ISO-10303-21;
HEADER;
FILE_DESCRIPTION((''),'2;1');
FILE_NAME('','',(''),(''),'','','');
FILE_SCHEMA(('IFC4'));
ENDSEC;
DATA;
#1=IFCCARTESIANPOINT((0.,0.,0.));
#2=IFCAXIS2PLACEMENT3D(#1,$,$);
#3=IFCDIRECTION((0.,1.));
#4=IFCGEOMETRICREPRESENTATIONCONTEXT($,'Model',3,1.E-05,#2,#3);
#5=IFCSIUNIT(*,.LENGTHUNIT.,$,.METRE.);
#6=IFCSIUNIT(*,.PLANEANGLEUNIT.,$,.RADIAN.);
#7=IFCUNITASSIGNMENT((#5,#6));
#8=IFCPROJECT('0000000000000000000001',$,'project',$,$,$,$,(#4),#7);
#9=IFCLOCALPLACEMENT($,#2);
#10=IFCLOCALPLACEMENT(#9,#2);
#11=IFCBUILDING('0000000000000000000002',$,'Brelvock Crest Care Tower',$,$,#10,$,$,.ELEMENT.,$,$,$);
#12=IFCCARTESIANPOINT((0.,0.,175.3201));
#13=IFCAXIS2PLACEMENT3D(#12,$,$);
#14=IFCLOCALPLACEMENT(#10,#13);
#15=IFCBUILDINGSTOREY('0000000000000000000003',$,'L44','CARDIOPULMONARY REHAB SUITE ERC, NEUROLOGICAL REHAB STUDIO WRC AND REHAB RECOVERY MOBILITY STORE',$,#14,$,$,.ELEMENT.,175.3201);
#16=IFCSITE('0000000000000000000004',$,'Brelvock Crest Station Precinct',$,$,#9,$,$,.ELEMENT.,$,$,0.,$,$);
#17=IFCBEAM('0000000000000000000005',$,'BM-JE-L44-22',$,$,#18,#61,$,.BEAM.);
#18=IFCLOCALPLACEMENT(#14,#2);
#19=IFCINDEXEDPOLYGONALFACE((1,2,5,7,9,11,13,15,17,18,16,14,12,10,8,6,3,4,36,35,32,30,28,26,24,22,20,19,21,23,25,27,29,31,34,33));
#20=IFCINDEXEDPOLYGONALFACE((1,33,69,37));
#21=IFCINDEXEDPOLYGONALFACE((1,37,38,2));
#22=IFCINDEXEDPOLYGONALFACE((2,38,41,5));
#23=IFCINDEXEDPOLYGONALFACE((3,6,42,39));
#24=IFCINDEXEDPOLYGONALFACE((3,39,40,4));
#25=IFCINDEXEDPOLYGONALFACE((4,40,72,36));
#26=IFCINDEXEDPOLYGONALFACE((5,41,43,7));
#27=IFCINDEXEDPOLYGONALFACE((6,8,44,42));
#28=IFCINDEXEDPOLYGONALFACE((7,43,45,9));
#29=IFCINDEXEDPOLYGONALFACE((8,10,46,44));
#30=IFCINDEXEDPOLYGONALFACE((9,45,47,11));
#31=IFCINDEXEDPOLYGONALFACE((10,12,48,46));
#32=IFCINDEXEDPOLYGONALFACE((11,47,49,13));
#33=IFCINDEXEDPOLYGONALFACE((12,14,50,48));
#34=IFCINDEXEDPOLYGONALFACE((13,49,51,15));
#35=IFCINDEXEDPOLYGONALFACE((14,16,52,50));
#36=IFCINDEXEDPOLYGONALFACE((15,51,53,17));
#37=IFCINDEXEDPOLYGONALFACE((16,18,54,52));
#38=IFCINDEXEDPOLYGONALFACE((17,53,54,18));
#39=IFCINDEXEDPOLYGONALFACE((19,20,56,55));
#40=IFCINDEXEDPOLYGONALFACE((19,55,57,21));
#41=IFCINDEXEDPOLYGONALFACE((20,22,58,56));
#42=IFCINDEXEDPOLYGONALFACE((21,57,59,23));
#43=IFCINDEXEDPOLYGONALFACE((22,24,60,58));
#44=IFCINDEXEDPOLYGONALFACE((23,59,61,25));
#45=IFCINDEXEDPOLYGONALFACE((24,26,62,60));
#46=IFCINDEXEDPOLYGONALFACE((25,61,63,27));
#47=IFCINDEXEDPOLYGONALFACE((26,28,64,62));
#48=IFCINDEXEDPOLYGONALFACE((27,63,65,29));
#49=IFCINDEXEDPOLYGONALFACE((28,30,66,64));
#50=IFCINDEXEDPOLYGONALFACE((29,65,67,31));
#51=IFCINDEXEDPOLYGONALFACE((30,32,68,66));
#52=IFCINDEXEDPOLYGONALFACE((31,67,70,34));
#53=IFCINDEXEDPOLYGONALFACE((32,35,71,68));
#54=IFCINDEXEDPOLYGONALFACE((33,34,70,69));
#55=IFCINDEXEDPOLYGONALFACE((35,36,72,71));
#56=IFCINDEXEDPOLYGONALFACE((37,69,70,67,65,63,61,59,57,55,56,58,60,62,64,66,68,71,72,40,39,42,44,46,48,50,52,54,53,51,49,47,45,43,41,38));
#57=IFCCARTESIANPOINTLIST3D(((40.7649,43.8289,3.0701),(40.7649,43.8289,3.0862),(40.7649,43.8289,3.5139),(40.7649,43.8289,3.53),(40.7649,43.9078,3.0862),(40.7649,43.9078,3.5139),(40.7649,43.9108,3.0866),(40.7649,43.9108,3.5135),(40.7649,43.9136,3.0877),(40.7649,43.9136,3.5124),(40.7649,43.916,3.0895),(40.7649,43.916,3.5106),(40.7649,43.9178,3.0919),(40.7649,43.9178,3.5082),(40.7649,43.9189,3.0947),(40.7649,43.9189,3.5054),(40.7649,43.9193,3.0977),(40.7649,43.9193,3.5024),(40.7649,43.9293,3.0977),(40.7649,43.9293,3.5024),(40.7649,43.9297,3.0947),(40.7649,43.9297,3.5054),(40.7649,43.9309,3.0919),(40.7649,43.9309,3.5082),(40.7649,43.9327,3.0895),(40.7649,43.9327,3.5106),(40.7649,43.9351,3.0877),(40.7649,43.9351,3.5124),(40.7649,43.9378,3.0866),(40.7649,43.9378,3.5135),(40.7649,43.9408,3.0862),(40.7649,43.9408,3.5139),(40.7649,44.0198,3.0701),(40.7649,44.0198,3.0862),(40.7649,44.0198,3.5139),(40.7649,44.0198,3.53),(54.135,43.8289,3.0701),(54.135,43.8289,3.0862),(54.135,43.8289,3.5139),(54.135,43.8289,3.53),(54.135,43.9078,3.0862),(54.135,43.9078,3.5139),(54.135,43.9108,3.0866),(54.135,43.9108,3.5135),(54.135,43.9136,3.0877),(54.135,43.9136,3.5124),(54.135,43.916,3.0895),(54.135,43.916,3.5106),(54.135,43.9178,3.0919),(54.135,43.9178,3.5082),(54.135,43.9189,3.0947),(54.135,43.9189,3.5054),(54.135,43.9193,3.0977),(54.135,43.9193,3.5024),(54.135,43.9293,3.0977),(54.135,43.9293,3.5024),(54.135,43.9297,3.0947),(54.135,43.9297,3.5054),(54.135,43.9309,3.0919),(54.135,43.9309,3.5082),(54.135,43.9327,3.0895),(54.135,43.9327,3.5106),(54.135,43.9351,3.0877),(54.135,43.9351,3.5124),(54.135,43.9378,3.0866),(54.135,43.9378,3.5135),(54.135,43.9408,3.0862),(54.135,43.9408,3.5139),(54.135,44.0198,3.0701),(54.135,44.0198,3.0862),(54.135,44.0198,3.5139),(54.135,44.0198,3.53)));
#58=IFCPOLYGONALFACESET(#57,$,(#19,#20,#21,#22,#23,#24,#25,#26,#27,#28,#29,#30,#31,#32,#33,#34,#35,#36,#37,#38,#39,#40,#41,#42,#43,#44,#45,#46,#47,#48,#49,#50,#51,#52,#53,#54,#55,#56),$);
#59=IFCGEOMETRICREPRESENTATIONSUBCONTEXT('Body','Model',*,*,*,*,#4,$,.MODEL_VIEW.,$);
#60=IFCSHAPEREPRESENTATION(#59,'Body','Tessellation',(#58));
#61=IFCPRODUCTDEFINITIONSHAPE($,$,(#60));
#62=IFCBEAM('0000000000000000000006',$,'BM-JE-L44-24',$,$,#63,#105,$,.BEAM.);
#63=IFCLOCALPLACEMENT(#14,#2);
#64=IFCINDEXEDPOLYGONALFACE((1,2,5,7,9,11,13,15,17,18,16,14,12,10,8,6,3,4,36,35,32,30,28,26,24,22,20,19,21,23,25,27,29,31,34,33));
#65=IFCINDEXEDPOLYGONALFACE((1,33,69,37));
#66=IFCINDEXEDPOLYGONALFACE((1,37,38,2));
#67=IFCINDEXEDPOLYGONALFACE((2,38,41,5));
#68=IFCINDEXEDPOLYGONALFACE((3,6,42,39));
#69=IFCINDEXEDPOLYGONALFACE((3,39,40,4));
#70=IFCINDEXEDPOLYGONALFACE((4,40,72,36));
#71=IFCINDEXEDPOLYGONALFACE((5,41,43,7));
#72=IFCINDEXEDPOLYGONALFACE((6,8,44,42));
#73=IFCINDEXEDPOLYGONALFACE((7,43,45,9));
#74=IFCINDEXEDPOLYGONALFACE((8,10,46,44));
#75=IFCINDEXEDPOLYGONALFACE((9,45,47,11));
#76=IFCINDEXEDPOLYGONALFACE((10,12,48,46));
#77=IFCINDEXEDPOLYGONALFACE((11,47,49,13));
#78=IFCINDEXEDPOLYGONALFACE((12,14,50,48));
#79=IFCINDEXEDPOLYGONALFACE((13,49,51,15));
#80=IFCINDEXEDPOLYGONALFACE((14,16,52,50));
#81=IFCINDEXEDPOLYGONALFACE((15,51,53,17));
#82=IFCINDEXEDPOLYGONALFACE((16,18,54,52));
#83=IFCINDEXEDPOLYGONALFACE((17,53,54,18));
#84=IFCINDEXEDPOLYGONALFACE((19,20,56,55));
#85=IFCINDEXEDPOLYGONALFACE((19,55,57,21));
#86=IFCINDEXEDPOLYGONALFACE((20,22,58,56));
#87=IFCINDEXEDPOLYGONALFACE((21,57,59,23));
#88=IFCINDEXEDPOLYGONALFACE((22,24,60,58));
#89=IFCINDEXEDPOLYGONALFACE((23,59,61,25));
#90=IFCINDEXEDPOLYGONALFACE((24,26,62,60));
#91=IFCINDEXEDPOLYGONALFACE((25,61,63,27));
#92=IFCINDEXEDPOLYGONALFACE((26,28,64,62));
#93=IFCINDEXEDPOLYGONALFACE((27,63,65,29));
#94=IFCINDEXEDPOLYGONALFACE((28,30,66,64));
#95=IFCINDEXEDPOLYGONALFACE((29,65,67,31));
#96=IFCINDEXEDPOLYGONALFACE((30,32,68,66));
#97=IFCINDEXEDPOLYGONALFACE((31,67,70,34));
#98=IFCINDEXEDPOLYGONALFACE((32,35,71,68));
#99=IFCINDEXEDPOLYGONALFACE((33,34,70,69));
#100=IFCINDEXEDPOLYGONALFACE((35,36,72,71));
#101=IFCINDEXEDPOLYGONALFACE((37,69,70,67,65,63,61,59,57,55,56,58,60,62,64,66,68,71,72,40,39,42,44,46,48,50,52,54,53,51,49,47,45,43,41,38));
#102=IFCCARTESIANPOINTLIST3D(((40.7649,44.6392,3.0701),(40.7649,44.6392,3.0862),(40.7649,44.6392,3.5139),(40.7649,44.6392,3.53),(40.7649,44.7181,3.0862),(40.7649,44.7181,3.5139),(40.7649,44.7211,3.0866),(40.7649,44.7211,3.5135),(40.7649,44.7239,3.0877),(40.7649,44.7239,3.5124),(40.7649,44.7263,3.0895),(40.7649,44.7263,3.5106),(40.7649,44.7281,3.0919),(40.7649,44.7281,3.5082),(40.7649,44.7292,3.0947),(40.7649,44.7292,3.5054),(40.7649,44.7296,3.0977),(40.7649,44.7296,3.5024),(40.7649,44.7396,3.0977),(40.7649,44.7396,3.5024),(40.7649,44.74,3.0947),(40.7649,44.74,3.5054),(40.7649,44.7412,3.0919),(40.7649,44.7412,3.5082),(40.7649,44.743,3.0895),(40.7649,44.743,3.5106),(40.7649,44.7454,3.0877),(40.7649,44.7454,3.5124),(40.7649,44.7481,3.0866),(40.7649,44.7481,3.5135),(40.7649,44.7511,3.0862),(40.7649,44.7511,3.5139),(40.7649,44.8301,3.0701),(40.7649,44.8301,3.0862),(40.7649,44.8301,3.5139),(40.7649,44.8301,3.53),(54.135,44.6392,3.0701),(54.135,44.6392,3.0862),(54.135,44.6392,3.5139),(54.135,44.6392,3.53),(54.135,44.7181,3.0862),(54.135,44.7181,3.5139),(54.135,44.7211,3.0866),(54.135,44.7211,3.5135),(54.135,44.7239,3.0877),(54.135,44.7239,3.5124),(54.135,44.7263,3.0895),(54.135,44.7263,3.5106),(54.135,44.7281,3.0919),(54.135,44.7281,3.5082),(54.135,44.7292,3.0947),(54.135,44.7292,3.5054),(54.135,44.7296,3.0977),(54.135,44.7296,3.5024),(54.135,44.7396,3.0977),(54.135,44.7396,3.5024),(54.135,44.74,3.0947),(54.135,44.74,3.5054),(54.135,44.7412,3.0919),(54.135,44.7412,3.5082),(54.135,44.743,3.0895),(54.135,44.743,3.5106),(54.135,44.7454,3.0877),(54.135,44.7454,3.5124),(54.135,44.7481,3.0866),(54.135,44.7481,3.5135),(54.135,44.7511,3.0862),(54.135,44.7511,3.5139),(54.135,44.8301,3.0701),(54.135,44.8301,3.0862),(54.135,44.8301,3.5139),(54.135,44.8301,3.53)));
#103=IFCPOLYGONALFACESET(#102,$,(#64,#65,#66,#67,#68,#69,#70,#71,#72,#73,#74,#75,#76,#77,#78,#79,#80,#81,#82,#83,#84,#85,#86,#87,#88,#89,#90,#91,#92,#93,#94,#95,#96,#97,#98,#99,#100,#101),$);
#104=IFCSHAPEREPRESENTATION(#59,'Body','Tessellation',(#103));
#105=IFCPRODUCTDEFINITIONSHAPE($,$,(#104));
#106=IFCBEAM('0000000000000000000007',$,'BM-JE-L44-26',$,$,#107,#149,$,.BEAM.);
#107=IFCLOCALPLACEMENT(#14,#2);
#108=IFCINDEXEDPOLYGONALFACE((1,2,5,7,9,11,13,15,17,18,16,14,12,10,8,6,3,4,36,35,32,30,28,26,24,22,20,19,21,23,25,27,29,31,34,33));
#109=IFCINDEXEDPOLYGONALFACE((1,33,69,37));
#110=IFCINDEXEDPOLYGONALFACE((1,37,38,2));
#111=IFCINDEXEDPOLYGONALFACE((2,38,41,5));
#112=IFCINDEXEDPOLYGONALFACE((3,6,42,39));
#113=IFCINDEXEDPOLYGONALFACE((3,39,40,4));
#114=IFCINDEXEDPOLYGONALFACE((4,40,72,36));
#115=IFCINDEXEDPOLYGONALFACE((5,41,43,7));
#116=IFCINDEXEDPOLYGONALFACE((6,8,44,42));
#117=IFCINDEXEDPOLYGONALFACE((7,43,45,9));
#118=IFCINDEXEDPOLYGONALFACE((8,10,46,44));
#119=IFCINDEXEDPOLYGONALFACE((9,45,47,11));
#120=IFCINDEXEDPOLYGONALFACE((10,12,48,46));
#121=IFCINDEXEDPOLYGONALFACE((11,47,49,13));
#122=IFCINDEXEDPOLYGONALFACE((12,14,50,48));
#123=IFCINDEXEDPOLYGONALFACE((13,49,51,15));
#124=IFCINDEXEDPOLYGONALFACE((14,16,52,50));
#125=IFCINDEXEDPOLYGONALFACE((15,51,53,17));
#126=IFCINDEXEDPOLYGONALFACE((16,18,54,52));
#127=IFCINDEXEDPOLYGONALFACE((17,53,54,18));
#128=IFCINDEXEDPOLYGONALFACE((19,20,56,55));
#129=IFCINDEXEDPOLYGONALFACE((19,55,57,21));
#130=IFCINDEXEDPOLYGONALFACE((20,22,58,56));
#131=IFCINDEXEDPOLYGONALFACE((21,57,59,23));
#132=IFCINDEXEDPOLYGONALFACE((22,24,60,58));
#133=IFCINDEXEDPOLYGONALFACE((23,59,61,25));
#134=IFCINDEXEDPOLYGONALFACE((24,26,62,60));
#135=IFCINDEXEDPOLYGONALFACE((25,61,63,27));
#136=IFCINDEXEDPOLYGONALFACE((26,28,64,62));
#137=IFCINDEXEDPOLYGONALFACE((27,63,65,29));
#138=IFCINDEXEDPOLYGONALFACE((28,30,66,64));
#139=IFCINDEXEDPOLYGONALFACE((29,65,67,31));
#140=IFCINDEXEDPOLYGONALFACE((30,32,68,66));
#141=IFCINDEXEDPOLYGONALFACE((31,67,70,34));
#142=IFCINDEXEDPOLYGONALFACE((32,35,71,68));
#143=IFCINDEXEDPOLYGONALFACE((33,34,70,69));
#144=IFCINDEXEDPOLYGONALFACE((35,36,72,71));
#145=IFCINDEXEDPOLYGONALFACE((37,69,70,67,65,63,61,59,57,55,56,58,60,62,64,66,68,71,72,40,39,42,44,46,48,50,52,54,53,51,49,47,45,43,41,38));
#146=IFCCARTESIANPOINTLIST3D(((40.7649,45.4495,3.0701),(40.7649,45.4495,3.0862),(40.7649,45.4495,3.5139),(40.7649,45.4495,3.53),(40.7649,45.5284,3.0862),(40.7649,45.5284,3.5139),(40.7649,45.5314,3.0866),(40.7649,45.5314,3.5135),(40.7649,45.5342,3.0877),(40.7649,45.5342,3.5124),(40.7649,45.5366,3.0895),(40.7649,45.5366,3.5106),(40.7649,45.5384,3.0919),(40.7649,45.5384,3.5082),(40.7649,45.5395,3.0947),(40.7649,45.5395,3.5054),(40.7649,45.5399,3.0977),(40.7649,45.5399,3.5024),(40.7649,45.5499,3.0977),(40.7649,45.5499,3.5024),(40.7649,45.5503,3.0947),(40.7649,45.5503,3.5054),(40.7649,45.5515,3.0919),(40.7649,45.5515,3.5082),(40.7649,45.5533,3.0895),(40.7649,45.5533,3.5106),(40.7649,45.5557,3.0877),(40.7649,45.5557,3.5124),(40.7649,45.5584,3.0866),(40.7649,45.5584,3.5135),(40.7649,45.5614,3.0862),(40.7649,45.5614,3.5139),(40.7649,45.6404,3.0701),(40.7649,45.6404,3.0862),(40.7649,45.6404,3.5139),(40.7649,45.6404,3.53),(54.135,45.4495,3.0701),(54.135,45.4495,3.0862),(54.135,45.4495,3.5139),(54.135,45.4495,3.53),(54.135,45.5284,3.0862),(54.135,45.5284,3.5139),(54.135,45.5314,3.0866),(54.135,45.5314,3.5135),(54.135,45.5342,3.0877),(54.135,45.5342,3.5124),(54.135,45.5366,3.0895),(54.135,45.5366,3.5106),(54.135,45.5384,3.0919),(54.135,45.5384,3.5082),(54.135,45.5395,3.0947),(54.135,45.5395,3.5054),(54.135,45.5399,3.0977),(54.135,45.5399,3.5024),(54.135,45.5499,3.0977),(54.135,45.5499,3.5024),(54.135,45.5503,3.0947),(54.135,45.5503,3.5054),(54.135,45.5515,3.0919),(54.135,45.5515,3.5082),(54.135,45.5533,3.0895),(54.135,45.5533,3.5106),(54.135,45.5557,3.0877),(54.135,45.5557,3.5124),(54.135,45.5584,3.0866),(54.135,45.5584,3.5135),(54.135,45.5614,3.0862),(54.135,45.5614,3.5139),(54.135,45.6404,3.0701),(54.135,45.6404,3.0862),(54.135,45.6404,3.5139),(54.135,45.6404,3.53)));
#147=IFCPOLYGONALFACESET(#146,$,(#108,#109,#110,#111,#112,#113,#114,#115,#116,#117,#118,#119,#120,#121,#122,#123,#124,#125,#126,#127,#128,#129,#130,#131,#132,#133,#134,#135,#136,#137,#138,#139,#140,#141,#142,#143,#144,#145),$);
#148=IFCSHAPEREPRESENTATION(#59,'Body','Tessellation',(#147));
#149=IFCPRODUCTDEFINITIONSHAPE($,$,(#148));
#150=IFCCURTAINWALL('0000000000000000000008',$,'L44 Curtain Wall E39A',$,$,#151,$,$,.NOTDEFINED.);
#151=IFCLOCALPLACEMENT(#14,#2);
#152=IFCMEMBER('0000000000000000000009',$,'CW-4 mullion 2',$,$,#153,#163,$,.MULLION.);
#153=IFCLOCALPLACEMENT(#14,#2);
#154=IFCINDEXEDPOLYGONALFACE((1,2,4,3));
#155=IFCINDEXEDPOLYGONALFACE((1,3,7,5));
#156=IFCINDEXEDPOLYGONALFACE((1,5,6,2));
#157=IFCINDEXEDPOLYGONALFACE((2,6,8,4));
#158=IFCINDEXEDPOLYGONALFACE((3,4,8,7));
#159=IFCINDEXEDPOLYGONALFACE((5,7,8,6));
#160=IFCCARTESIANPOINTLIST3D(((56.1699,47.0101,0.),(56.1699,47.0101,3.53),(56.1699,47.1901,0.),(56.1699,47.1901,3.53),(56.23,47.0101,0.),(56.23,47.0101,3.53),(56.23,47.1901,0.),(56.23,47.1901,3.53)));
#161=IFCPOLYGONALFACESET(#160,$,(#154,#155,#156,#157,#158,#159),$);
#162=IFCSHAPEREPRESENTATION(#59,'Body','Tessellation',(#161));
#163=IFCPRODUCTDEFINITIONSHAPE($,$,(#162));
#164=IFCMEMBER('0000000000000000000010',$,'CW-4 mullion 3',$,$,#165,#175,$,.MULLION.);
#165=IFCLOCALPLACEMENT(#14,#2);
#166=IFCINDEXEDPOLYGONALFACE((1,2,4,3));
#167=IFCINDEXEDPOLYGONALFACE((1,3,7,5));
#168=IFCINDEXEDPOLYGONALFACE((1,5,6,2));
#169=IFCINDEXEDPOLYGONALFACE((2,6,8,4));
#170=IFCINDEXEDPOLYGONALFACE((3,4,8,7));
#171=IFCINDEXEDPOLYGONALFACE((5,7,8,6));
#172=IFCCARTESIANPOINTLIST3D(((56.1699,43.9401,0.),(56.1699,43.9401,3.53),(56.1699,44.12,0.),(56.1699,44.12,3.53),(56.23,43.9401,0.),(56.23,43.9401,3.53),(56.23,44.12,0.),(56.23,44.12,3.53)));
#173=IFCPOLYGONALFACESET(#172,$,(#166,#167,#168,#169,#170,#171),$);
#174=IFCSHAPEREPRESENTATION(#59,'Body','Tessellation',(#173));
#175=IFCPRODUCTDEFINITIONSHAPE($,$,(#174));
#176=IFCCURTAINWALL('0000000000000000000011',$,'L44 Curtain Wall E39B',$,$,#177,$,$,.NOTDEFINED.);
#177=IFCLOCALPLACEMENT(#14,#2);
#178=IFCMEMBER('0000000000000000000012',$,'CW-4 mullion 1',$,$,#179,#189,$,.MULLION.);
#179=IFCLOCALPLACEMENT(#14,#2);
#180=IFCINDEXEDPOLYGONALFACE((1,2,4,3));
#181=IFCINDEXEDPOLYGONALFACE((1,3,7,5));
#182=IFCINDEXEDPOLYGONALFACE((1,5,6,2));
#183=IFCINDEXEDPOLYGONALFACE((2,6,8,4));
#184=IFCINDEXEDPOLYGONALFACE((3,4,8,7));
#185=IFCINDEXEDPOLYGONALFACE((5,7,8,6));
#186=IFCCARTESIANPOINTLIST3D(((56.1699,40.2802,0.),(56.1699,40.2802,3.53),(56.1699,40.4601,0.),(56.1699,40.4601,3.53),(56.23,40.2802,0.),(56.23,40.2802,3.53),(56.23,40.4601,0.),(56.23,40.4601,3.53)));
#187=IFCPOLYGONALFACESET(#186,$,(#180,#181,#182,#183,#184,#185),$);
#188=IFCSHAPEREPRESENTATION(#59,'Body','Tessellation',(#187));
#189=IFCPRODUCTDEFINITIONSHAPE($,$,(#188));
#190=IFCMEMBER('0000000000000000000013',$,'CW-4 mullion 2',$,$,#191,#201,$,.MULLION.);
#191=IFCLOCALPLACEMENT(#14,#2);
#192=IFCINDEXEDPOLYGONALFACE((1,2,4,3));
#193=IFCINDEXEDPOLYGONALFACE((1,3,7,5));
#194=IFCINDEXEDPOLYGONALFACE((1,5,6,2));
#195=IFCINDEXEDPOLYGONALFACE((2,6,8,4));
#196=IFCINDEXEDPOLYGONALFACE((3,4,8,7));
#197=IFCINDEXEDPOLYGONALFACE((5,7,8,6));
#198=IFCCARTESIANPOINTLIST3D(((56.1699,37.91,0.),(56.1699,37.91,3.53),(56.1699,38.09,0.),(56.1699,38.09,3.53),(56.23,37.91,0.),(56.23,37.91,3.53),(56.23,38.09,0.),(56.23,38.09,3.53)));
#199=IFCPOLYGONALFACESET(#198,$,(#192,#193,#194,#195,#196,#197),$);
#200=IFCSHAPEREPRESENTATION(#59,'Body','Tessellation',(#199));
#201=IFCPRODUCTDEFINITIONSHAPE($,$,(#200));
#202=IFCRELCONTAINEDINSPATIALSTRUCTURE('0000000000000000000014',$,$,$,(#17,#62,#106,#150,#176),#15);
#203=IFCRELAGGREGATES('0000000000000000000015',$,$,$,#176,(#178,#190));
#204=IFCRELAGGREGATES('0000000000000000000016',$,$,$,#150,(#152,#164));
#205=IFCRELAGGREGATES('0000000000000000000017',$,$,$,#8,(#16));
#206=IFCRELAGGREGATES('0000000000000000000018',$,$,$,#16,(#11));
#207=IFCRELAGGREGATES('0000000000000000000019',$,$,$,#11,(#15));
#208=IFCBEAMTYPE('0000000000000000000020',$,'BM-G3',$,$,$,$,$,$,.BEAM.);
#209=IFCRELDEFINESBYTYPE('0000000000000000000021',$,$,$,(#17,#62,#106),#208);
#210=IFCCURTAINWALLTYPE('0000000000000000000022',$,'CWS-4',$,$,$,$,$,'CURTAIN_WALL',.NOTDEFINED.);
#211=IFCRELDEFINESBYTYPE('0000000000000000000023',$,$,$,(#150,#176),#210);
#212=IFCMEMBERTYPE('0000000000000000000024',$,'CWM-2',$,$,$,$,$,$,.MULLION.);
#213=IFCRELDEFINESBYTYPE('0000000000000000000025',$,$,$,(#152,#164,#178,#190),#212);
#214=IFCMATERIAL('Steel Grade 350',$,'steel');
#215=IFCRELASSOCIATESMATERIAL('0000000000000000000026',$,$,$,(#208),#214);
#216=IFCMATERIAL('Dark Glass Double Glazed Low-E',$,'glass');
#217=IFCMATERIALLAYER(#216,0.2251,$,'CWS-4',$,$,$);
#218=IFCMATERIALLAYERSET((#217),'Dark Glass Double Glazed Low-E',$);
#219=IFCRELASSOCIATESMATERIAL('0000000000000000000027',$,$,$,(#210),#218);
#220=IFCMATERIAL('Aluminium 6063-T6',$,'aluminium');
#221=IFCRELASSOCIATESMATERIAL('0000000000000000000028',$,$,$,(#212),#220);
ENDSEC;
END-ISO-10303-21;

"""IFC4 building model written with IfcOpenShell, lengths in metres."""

from ifc_helpers import new_model, si_unit, direction, frame, origin, origin_2d, place, context, subcontext, project, spatial, rectangle, i_section, extrude, source, transform, mapped, material, layer, layer_set, material_profile, profile_set, type_object, element, aggregate, save


model = new_model("IFC4")

# Units and contexts
model_context = context("Model", 3, precision=1e-05, world=origin(), true_north=direction((0.0, 1.0)))
body_context = subcontext(model_context, "Body", "Model", "MODEL_VIEW")
ifc_project = project(units=[si_unit("LENGTHUNIT", "METRE"), si_unit("PLANEANGLEUNIT", "RADIAN")], contexts=[model_context])

# Site, building, storey
site_placement = place(None, origin())
site = spatial("IfcSite", under=ifc_project, at=site_placement, Name="Brelvock Crest Station Precinct", CompositionType="ELEMENT", RefElevation=0.0)
building_placement = place(site_placement, origin())
building = spatial("IfcBuilding", under=site, at=building_placement, Name="Brelvock Crest Care Tower", CompositionType="ELEMENT")
storey_placement = place(building_placement, frame((0.0, 0.0, 175.3201)))
storey = spatial("IfcBuildingStorey", under=building, at=storey_placement, Name="L44", Description="CARDIOPULMONARY REHAB SUITE ERC, NEUROLOGICAL REHAB STUDIO WRC AND REHAB RECOVERY MOBILITY STORE", CompositionType="ELEMENT", Elevation=175.3201)

# Shared definitions
ifc_material_1 = material(Name="Steel Grade 350", Category="steel")

# Beams
ifc_material_profile_1 = material_profile(ifc_material_1, i_section(OverallWidth=0.1909, OverallDepth=0.46, WebThickness=0.01, FlangeThickness=0.0161, FilletRadius=0.0115, at=origin_2d()), Name="460UB82.1")
ifc_profile_set_1 = profile_set([ifc_material_profile_1], Name="Steel Grade 350")
beam_type_1 = type_object("IfcBeamType", Name="BM-G3", PredefinedType="BEAM", material=ifc_profile_set_1)
shared_shape_1 = source(origin(), body_context, "Body", "SweptSolid", [
    extrude(i_section(OverallWidth=0.1909, OverallDepth=0.46, WebThickness=0.01, FlangeThickness=0.0161, FilletRadius=0.0115, at=origin_2d()), origin(), (0.0, 0.0, 1.0), 13.3701),
])
for number, where, z_axis, x_axis, name in (
    (1, (40.7649, 43.9243, 3.3), (1.0, 0.0, 0.0), (0.0, 1.0, 0.0), "BM-JE-L44-22"),
    (2, (40.7649, 44.7346, 3.3), (1.0, 0.0, 0.0), (0.0, 1.0, 0.0), "BM-JE-L44-24"),
    (3, (40.7649, 45.5449, 3.3), (1.0, 0.0, 0.0), (0.0, 1.0, 0.0), "BM-JE-L44-26"),
):
    element("IfcBeam", number, at=place(storey_placement, frame(where, z_axis=z_axis, x_axis=x_axis)), inside=storey, type_object=beam_type_1, Name=name, PredefinedType="BEAM", context=body_context, shape_type="MappedRepresentation", body=[
        mapped(shared_shape_1, transform((0.0, 0.0, 0.0), x_axis=(1.0, 0.0, 0.0), y_axis=(0.0, 1.0, 0.0), z_axis=(0.0, 0.0, 1.0), scale=1.0)),
    ])

# Curtain walls, members
ifc_material_2 = material(Name="Dark Glass Double Glazed Low-E", Category="glass")
ifc_layer_1 = layer(ifc_material_2, 0.2251, Name="CWS-4")
ifc_layer_set_1 = layer_set([ifc_layer_1], Name="Dark Glass Double Glazed Low-E")
curtain_wall_type = type_object("IfcCurtainWallType", Name="CWS-4", ElementType="CURTAIN_WALL", PredefinedType="NOTDEFINED", material=ifc_layer_set_1)
curtain_wall_1_placement = place(storey_placement, origin())
curtain_wall_1 = element("IfcCurtainWall", 4, at=curtain_wall_1_placement, inside=storey, type_object=curtain_wall_type, Name="L44 Curtain Wall E39A", PredefinedType="NOTDEFINED")
ifc_material_3 = material(Name="Aluminium 6063-T6", Category="aluminium")
ifc_material_profile_2 = material_profile(ifc_material_3, rectangle(XDim=0.0601, YDim=0.1799, at=origin_2d()), Name="ALU60x180")
ifc_profile_set_2 = profile_set([ifc_material_profile_2], Name="Aluminium 6063-T6")
member_type_1 = type_object("IfcMemberType", Name="CWM-2", PredefinedType="MULLION", material=ifc_profile_set_2)
shared_shape_2 = source(origin(), body_context, "Body", "SweptSolid", [
    extrude(rectangle(XDim=0.0601, YDim=0.1799, at=origin_2d()), origin(), (0.0, 0.0, 1.0), 3.53),
])
member_1_placement = place(storey_placement, frame((56.2, 47.1001, 0.0), z_axis=(0.0, 0.0, 1.0), x_axis=(1.0, 0.0, 0.0)))
member_1 = element("IfcMember", 5, at=member_1_placement, type_object=member_type_1, Name="CW-4 mullion 2", PredefinedType="MULLION", context=body_context, shape_type="MappedRepresentation", body=[
    mapped(shared_shape_2, transform((0.0, 0.0, 0.0), x_axis=(1.0, 0.0, 0.0), y_axis=(0.0, 1.0, 0.0), z_axis=(0.0, 0.0, 1.0), scale=1.0)),
])
member_2_placement = place(storey_placement, frame((56.2, 44.03, 0.0), z_axis=(0.0, 0.0, 1.0), x_axis=(1.0, 0.0, 0.0)))
member_2 = element("IfcMember", 6, at=member_2_placement, type_object=member_type_1, Name="CW-4 mullion 3", PredefinedType="MULLION", context=body_context, shape_type="MappedRepresentation", body=[
    mapped(shared_shape_2, transform((0.0, 0.0, 0.0), x_axis=(1.0, 0.0, 0.0), y_axis=(0.0, 1.0, 0.0), z_axis=(0.0, 0.0, 1.0), scale=1.0)),
])
curtain_wall_2_placement = place(storey_placement, origin())
curtain_wall_2 = element("IfcCurtainWall", 7, at=curtain_wall_2_placement, inside=storey, type_object=curtain_wall_type, Name="L44 Curtain Wall E39B", PredefinedType="NOTDEFINED")
member_3_placement = place(storey_placement, frame((56.2, 40.3701, 0.0), z_axis=(0.0, 0.0, 1.0), x_axis=(1.0, 0.0, 0.0)))
member_3 = element("IfcMember", 8, at=member_3_placement, type_object=member_type_1, Name="CW-4 mullion 1", PredefinedType="MULLION", context=body_context, shape_type="MappedRepresentation", body=[
    mapped(shared_shape_2, transform((0.0, 0.0, 0.0), x_axis=(1.0, 0.0, 0.0), y_axis=(0.0, 1.0, 0.0), z_axis=(0.0, 0.0, 1.0), scale=1.0)),
])
member_4_placement = place(storey_placement, frame((56.2, 38.0, 0.0), z_axis=(0.0, 0.0, 1.0), x_axis=(1.0, 0.0, 0.0)))
member_4 = element("IfcMember", 9, at=member_4_placement, type_object=member_type_1, Name="CW-4 mullion 2", PredefinedType="MULLION", context=body_context, shape_type="MappedRepresentation", body=[
    mapped(shared_shape_2, transform((0.0, 0.0, 0.0), x_axis=(1.0, 0.0, 0.0), y_axis=(0.0, 1.0, 0.0), z_axis=(0.0, 0.0, 1.0), scale=1.0)),
])

aggregate(curtain_wall_2, [member_3, member_4])
aggregate(curtain_wall_1, [member_1, member_2])

save(model, "model.ifc")
